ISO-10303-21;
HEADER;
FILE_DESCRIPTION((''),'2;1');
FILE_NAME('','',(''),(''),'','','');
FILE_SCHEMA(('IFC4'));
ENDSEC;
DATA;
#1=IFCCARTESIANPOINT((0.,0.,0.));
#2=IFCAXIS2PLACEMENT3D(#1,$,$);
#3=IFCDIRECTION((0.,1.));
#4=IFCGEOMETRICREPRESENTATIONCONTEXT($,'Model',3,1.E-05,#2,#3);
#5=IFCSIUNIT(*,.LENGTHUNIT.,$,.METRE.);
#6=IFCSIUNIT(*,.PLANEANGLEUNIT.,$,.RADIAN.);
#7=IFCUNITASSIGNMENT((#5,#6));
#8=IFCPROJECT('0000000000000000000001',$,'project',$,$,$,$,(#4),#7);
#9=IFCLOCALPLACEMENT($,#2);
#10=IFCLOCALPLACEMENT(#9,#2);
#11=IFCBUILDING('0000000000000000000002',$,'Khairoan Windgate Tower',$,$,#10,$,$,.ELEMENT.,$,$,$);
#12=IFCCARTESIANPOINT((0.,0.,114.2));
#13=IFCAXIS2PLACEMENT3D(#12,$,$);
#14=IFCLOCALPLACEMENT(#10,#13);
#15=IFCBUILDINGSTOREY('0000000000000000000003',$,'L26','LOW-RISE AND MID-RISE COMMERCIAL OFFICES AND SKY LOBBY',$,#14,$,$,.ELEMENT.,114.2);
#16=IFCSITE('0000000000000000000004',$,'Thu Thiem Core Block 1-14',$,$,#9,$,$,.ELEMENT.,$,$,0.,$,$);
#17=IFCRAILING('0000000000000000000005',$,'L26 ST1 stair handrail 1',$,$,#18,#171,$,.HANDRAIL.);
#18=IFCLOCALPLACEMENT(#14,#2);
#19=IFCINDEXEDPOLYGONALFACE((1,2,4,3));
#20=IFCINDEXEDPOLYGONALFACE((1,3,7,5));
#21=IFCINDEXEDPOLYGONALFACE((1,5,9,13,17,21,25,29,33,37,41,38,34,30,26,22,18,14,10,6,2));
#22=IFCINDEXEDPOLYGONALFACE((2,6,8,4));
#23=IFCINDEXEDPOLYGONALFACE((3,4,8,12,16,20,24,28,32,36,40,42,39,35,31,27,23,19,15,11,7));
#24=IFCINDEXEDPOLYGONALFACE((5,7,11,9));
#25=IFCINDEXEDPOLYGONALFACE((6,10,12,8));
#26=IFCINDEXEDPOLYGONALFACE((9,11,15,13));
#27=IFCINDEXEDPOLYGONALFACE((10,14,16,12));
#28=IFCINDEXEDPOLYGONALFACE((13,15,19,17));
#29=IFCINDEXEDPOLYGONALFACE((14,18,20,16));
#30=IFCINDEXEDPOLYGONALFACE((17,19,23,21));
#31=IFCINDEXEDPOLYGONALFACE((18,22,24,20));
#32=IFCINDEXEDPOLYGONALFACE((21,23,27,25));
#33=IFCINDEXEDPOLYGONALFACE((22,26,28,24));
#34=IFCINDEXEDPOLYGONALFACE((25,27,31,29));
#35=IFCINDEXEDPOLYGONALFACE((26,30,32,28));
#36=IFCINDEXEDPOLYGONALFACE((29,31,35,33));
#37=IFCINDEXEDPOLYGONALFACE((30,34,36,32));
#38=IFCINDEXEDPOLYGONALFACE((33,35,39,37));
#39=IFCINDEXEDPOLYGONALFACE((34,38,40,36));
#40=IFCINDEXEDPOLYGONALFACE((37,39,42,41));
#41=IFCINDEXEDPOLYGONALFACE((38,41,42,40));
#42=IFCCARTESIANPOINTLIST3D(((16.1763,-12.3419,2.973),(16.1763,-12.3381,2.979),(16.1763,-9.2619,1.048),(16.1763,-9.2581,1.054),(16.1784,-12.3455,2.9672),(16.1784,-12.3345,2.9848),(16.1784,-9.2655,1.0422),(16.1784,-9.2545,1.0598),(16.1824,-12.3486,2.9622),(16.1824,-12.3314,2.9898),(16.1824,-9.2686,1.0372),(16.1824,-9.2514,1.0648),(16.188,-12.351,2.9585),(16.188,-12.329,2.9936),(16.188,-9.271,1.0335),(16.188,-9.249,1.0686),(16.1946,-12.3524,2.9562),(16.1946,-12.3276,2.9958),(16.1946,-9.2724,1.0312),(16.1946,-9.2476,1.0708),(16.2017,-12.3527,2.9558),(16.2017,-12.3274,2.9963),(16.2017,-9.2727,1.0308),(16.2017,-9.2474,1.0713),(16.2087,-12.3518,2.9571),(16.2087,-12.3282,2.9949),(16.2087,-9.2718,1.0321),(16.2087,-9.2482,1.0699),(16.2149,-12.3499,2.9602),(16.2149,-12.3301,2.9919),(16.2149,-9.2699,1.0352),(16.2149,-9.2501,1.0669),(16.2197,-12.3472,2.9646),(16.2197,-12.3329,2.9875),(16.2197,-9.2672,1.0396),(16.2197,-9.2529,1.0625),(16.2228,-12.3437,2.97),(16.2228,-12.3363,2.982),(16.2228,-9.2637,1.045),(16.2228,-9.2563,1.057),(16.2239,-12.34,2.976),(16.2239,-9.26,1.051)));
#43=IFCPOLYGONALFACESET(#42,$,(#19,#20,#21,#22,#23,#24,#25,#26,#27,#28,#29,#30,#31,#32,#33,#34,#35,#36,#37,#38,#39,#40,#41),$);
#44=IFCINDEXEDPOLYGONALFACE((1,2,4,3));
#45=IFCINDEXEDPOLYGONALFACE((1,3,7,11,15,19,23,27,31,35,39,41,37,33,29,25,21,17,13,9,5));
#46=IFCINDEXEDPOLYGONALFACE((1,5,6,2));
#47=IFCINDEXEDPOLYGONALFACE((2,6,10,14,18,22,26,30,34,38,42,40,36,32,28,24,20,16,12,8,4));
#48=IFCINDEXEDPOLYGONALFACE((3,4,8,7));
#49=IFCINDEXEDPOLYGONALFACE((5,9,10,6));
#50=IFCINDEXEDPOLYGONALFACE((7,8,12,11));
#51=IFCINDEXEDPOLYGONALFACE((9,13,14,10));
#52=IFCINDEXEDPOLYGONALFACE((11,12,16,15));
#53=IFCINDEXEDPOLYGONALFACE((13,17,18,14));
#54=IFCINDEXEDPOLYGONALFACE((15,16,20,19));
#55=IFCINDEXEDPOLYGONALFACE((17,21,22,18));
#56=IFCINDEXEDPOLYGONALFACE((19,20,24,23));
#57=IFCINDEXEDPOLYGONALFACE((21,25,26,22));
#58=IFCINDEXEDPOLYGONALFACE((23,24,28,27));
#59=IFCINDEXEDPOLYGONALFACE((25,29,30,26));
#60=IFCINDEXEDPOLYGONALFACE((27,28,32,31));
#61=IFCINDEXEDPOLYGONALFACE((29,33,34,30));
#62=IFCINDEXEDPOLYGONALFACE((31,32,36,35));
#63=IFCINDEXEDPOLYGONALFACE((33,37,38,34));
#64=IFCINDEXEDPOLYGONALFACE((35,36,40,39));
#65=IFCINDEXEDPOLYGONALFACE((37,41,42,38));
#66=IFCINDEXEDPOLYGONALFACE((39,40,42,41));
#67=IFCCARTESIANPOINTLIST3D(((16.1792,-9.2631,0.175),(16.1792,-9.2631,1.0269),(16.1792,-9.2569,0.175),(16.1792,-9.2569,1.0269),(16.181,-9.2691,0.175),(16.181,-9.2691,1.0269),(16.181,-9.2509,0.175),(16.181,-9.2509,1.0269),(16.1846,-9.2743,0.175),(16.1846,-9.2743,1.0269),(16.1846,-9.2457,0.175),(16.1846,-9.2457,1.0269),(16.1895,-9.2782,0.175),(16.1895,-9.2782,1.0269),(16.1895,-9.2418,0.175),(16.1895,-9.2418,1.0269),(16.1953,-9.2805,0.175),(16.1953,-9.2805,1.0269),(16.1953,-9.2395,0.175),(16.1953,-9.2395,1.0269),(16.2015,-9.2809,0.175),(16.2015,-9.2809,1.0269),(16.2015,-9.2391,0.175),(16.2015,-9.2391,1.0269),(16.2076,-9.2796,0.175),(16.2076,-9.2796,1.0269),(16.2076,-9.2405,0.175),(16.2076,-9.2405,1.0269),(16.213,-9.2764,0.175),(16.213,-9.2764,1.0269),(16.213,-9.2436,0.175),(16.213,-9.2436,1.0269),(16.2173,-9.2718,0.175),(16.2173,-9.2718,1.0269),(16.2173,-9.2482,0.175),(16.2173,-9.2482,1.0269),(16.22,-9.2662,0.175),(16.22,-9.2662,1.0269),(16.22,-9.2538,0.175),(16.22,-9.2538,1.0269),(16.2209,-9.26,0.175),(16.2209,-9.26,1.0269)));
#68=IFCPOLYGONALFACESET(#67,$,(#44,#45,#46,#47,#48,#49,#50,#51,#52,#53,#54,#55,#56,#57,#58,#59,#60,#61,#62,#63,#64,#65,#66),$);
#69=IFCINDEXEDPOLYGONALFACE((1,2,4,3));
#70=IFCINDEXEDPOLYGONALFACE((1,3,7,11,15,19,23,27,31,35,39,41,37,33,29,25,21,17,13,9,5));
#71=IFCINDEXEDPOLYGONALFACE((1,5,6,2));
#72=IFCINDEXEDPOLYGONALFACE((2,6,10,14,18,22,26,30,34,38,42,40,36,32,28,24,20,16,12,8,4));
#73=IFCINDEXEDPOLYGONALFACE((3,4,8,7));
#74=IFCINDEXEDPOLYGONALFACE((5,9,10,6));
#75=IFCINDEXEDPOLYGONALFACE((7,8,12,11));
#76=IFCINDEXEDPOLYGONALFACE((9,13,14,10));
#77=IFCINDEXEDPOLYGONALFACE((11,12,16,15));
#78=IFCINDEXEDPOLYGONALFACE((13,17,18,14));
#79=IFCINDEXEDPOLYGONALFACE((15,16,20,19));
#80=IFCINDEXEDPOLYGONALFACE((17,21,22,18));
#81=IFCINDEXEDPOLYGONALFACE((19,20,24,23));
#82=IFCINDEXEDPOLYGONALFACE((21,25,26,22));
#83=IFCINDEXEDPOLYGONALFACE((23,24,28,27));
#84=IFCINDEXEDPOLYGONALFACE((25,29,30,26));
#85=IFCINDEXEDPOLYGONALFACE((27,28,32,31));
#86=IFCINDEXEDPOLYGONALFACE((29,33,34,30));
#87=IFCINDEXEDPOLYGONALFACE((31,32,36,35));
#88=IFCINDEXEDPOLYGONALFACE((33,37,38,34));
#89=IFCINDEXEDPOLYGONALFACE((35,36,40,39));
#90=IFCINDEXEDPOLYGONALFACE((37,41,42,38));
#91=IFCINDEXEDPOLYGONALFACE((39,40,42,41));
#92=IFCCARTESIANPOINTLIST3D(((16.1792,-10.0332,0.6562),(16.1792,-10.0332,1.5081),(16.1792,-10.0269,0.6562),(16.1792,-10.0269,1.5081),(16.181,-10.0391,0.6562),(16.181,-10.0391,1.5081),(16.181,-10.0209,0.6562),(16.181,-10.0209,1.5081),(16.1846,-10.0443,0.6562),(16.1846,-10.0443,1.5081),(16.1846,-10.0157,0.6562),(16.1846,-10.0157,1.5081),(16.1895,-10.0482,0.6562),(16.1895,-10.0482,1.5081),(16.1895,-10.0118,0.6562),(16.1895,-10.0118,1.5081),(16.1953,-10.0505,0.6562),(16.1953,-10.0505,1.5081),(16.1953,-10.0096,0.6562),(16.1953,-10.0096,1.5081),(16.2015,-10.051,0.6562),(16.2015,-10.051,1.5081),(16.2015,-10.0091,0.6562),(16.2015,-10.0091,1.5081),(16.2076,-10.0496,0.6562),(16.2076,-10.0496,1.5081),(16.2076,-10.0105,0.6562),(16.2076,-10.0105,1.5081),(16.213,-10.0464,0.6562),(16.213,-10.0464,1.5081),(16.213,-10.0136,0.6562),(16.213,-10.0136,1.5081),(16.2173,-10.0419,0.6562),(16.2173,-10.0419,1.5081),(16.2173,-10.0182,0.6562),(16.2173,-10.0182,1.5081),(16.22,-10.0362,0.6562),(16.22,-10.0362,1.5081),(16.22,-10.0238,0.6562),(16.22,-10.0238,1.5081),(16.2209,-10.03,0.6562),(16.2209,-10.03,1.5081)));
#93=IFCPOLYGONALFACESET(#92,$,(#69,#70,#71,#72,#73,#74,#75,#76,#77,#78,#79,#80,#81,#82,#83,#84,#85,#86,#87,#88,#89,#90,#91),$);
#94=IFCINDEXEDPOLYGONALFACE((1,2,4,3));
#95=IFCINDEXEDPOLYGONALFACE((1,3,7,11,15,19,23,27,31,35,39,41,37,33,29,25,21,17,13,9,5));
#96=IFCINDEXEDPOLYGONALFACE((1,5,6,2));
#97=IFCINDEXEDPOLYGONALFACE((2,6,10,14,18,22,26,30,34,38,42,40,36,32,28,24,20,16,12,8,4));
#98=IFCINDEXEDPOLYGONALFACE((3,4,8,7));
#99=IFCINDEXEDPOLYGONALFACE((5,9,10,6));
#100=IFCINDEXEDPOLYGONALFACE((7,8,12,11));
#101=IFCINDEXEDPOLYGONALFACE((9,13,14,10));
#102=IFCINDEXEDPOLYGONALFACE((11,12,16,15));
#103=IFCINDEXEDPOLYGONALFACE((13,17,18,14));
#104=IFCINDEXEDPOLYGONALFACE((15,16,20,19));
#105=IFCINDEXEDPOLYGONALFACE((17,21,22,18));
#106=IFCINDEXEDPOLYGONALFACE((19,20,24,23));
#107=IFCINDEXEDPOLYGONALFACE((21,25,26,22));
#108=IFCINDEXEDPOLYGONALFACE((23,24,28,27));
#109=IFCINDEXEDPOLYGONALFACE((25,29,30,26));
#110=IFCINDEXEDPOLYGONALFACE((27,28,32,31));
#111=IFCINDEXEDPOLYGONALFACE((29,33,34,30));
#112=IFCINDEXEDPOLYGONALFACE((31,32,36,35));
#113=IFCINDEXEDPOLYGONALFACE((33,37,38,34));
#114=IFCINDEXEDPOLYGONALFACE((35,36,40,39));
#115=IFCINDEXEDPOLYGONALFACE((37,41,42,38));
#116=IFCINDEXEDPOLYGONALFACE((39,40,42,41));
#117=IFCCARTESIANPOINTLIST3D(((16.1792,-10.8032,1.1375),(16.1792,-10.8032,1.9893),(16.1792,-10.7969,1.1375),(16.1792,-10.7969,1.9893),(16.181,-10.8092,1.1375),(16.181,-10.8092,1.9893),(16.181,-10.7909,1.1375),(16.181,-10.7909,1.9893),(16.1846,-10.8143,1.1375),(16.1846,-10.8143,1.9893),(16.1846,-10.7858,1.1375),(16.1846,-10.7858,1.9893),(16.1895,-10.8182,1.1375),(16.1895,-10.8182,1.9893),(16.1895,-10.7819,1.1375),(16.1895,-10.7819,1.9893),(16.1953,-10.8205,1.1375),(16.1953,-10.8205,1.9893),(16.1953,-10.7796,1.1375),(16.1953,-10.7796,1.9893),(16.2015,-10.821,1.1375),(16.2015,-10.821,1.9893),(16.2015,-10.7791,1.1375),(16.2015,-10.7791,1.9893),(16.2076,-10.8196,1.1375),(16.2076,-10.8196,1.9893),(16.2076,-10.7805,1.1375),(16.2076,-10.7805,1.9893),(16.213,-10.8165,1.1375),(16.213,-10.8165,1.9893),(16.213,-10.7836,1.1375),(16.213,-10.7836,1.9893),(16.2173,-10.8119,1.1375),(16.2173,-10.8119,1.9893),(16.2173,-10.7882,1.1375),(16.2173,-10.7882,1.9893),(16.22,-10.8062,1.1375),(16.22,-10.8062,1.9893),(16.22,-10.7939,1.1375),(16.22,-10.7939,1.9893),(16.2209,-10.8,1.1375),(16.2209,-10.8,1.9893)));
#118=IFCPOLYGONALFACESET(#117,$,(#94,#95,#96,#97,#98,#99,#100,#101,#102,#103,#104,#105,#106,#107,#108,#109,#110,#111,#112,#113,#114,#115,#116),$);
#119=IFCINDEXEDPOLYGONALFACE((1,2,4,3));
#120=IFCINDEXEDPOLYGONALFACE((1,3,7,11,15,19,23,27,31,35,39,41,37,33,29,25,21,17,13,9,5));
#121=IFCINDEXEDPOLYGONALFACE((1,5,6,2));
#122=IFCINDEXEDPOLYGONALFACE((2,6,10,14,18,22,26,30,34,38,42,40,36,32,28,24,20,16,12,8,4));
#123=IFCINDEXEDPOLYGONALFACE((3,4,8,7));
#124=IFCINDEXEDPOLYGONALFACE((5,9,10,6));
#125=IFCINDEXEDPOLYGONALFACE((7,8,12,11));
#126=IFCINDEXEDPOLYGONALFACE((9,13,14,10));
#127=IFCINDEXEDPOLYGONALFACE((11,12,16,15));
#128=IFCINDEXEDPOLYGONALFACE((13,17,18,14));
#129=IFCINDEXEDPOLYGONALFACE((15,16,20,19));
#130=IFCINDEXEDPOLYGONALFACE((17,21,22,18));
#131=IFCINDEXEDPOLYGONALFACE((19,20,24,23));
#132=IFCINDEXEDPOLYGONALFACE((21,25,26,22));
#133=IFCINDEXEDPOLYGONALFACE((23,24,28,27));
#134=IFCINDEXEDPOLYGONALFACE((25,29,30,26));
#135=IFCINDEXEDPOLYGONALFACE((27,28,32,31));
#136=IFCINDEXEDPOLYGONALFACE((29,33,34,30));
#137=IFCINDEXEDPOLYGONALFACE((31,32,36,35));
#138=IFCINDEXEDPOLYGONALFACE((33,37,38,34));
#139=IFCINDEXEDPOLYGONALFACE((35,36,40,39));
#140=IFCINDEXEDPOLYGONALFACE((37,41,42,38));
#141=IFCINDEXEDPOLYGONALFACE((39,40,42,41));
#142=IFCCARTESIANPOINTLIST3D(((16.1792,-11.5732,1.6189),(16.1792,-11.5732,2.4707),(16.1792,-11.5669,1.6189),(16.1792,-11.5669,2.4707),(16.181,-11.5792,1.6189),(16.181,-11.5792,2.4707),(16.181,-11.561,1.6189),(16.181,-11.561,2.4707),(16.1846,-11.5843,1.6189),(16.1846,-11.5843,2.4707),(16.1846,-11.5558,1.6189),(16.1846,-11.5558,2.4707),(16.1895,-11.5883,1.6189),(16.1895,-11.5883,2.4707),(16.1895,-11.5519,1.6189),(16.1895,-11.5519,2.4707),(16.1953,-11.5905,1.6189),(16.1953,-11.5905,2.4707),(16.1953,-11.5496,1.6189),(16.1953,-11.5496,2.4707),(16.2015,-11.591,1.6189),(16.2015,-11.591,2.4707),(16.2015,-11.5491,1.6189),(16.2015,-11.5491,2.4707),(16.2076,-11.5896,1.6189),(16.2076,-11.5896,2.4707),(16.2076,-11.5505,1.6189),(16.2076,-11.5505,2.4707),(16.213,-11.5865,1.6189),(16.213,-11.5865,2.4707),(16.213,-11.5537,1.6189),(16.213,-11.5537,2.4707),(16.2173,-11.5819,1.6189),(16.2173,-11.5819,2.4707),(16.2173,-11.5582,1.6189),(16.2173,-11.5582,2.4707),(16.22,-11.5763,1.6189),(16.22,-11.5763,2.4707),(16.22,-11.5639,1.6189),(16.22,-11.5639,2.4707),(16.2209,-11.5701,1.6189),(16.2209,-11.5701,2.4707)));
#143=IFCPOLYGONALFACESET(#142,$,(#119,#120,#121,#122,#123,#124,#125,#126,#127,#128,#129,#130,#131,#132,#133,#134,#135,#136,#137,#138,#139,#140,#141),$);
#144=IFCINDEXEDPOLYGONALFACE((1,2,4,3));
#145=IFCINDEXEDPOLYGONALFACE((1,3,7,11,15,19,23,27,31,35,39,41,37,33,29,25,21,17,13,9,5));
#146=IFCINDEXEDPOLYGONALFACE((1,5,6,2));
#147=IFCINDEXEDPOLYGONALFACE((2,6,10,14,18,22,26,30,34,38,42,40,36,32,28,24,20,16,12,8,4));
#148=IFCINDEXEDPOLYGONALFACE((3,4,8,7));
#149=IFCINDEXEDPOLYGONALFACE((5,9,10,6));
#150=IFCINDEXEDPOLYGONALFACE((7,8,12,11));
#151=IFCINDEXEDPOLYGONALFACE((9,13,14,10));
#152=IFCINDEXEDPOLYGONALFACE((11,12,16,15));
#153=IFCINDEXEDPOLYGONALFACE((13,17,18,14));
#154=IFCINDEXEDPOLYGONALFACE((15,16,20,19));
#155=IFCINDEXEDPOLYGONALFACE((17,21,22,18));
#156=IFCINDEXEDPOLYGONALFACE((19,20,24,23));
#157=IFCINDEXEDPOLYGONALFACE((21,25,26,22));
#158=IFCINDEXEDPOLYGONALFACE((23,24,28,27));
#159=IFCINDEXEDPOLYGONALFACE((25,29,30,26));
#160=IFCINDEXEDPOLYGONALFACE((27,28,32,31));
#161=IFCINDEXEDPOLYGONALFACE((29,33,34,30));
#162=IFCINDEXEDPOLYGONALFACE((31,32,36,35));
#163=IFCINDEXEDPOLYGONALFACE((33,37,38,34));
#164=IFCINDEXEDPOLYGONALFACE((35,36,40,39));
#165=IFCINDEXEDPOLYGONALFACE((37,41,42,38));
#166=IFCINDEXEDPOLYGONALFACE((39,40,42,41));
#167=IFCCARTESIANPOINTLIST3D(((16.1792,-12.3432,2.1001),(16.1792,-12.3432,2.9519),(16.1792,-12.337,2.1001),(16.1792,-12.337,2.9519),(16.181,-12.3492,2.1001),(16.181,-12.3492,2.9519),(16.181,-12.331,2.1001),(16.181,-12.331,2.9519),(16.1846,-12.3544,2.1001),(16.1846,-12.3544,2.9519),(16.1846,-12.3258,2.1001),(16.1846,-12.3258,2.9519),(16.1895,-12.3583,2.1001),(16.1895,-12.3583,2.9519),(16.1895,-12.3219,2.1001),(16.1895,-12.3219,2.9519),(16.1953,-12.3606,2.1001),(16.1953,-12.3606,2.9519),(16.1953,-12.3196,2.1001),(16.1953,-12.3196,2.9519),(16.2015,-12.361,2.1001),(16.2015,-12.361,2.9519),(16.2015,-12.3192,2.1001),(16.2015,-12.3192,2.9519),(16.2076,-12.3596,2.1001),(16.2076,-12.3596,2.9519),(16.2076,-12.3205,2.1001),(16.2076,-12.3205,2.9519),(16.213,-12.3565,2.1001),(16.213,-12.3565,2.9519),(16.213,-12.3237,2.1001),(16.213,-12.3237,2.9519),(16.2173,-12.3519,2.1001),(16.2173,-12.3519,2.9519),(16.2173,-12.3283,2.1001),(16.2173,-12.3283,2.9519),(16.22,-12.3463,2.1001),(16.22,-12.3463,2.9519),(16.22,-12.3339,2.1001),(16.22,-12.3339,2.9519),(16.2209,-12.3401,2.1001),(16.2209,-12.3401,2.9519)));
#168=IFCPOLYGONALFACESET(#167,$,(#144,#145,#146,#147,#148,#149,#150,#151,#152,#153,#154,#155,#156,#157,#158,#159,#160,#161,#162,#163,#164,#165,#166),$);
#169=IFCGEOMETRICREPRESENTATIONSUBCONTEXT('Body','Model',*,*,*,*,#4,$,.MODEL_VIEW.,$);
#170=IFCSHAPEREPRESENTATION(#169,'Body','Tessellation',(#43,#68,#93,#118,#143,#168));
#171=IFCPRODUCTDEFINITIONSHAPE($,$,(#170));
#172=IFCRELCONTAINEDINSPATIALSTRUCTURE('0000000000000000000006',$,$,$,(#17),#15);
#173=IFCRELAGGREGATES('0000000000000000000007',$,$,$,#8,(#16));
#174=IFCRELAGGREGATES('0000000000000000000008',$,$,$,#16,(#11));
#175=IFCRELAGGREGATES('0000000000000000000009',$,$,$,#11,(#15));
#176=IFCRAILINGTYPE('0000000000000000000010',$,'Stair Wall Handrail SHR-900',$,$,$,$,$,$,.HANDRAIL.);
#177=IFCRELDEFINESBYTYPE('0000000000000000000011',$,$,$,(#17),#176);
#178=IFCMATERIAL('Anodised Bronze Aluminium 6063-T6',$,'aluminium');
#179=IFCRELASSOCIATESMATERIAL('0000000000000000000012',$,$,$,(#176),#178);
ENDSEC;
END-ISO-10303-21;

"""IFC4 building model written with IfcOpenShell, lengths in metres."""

from ifc_helpers import new_model, si_unit, direction, frame, origin, origin_2d, place, context, subcontext, project, spatial, circle, extrude, material, type_object, element, save


model = new_model("IFC4")

# Units and contexts
model_context = context("Model", 3, precision=1e-05, world=origin(), true_north=direction((0.0, 1.0)))
body_context = subcontext(model_context, "Body", "Model", "MODEL_VIEW")
ifc_project = project(units=[si_unit("LENGTHUNIT", "METRE"), si_unit("PLANEANGLEUNIT", "RADIAN")], contexts=[model_context])

# Site, building, storey
site_placement = place(None, origin())
site = spatial("IfcSite", under=ifc_project, at=site_placement, Name="Thu Thiem Core Block 1-14", CompositionType="ELEMENT", RefElevation=0.0)
building_placement = place(site_placement, origin())
building = spatial("IfcBuilding", under=site, at=building_placement, Name="Khairoan Windgate Tower", CompositionType="ELEMENT")
storey_placement = place(building_placement, frame((0.0, 0.0, 114.2)))
storey = spatial("IfcBuildingStorey", under=building, at=storey_placement, Name="L26", Description="LOW-RISE AND MID-RISE COMMERCIAL OFFICES AND SKY LOBBY", CompositionType="ELEMENT", Elevation=114.2)

# Railing
ifc_material_1 = material(Name="Anodised Bronze Aluminium 6063-T6", Category="aluminium")
railing_type_1 = type_object("IfcRailingType", Name="Stair Wall Handrail SHR-900", PredefinedType="HANDRAIL", material=ifc_material_1)
railing_1_placement = place(storey_placement, frame((16.2, -9.26, 0.175)))
element("IfcRailing", 1, at=railing_1_placement, inside=storey, type_object=railing_type_1, Name="L26 ST1 stair handrail 1", PredefinedType="HANDRAIL", context=body_context, shape_type="SweptSolid", body=[
    extrude(circle(Radius=0.0239, at=origin_2d()), frame((0.0, 0.0, 0.876), z_axis=(0.0, -0.847998, 0.529999), x_axis=(1.0, 0.0, 0.0)), (0.0, 0.0, 1.0), 3.6321),
    extrude(circle(Radius=0.021, at=origin_2d()), origin(), (0.0, 0.0, 1.0), 0.8518),
    extrude(circle(Radius=0.021, at=origin_2d()), frame((0.0, -0.77, 0.4812)), (0.0, 0.0, 1.0), 0.8518),
    extrude(circle(Radius=0.021, at=origin_2d()), frame((0.0, -1.54, 0.9624)), (0.0, 0.0, 1.0), 0.8518),
    extrude(circle(Radius=0.021, at=origin_2d()), frame((0.0, -2.3101, 1.4438)), (0.0, 0.0, 1.0), 0.8518),
    extrude(circle(Radius=0.021, at=origin_2d()), frame((0.0, -3.0801, 1.925)), (0.0, 0.0, 1.0), 0.8518),
])

save(model, "model.ifc")
